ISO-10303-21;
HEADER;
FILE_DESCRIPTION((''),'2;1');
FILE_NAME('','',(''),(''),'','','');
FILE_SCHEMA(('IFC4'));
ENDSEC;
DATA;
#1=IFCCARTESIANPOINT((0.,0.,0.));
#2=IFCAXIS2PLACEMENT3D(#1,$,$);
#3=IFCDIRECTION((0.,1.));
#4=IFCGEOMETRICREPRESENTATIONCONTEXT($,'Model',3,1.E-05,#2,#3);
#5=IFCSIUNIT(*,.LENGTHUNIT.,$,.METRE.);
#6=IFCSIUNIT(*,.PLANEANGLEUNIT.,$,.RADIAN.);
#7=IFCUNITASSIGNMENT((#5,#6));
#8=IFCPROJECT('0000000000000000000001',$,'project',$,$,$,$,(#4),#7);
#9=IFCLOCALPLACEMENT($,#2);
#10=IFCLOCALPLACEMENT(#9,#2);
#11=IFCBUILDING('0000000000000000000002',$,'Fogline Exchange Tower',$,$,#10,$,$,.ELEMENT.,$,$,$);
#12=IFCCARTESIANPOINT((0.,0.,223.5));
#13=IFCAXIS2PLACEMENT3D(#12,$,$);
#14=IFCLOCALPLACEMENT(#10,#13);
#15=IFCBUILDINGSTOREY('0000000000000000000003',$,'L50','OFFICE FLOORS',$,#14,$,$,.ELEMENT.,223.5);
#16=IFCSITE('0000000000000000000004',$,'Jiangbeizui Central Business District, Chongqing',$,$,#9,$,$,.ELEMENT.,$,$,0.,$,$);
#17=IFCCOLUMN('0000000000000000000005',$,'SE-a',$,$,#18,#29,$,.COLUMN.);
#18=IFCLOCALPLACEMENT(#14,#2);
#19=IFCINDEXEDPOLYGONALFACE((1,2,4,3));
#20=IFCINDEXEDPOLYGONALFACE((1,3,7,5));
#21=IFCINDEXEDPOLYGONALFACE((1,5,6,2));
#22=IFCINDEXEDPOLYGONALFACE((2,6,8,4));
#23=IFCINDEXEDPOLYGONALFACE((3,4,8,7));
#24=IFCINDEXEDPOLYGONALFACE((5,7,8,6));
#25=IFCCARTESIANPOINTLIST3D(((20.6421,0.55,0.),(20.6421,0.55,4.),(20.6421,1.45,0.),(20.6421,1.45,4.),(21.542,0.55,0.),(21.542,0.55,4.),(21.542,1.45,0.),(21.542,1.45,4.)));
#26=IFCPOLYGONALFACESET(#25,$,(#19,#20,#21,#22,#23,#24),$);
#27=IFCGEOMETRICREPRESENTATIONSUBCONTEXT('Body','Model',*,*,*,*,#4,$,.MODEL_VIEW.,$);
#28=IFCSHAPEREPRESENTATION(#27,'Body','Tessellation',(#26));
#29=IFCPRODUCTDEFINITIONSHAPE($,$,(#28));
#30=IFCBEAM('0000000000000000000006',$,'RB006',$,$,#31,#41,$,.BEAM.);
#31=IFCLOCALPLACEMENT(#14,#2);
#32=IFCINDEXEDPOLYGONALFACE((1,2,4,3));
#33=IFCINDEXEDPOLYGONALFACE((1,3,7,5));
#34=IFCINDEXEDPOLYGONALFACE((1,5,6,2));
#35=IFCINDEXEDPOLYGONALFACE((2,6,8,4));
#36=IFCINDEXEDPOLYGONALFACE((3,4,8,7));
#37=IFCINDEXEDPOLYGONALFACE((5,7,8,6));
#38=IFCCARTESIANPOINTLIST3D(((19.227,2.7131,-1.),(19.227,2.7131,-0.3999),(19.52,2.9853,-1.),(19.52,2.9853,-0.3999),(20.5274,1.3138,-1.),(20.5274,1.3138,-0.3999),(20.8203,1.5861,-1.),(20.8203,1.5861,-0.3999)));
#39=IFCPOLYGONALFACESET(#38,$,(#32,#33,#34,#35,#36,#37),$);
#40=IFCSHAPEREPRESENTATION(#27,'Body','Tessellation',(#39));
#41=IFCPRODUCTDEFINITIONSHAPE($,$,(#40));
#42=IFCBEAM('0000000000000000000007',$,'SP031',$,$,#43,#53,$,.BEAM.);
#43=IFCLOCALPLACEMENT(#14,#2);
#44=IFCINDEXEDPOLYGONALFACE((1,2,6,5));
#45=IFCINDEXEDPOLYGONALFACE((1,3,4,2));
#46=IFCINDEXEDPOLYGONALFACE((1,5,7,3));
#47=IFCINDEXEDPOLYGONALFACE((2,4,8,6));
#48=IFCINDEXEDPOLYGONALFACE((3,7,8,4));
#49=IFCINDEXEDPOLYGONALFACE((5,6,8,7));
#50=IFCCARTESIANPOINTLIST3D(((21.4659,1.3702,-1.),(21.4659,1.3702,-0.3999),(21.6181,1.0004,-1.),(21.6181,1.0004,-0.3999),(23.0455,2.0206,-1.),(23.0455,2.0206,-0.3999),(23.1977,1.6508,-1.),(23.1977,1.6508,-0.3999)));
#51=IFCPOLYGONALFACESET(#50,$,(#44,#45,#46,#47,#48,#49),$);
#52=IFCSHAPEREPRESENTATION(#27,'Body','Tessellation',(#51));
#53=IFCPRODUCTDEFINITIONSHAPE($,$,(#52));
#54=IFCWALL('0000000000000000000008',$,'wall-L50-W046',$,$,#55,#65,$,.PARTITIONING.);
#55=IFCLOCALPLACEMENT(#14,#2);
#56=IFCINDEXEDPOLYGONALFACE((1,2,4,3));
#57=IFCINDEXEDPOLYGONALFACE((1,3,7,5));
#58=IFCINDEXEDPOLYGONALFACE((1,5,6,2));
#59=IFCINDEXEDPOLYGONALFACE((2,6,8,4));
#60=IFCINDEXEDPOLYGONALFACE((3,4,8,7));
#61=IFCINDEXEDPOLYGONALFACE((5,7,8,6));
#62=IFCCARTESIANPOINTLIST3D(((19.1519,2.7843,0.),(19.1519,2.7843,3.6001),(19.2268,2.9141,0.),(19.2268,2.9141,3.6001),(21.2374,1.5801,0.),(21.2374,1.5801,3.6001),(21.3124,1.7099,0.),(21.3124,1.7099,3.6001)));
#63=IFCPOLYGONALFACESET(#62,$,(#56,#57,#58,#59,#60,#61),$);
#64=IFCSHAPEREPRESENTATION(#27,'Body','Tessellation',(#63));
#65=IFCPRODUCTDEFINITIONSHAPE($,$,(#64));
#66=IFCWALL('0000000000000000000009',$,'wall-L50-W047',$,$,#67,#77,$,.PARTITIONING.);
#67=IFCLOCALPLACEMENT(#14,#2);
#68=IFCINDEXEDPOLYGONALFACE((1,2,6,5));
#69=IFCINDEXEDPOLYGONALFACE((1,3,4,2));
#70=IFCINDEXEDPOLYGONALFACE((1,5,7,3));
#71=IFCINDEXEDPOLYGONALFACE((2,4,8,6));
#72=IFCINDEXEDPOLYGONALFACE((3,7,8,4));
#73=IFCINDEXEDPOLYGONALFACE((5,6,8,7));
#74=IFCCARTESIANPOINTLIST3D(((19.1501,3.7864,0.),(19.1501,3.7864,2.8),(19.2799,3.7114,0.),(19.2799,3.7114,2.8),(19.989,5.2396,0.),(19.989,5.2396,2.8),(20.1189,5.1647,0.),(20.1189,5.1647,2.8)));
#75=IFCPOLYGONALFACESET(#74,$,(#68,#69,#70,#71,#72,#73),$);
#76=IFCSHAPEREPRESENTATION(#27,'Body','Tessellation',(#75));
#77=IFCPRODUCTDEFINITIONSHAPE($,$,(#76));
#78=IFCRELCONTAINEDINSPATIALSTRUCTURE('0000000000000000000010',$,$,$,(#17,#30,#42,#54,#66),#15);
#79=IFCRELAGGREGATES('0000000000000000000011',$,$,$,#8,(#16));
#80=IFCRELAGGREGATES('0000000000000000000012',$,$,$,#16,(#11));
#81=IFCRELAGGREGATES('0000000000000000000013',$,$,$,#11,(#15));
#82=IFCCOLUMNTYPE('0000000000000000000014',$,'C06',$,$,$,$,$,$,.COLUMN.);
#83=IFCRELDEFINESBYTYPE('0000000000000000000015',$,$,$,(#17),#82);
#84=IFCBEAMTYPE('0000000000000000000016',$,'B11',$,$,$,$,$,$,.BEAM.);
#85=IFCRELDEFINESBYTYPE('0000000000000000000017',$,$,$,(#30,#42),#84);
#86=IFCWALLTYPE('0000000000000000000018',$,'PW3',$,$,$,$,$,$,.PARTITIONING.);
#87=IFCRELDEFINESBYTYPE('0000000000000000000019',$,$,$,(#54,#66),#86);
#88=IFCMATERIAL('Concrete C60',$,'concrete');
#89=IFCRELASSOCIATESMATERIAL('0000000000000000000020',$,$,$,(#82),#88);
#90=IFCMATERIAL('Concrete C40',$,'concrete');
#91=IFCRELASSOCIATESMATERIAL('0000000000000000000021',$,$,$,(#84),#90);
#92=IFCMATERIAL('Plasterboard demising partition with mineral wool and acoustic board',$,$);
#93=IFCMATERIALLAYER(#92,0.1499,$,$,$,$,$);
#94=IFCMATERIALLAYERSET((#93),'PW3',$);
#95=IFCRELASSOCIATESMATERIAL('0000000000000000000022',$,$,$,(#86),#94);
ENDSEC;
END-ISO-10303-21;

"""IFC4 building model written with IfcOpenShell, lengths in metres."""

from ifc_helpers import new_model, si_unit, direction, frame, frame_2d, origin, origin_2d, place, context, subcontext, project, spatial, rectangle, extrude, material, layer, layer_set, material_profile, profile_set, type_object, element, save


model = new_model("IFC4")

# Units and contexts
model_context = context("Model", 3, precision=1e-05, world=origin(), true_north=direction((0.0, 1.0)))
body_context = subcontext(model_context, "Body", "Model", "MODEL_VIEW")
ifc_project = project(units=[si_unit("LENGTHUNIT", "METRE"), si_unit("PLANEANGLEUNIT", "RADIAN")], contexts=[model_context])

# Site, building, storey
site_placement = place(None, origin())
site = spatial("IfcSite", under=ifc_project, at=site_placement, Name="Jiangbeizui Central Business District, Chongqing", CompositionType="ELEMENT", RefElevation=0.0)
building_placement = place(site_placement, origin())
building = spatial("IfcBuilding", under=site, at=building_placement, Name="Fogline Exchange Tower", CompositionType="ELEMENT")
storey_placement = place(building_placement, frame((0.0, 0.0, 223.5)))
storey = spatial("IfcBuildingStorey", under=building, at=storey_placement, Name="L50", Description="OFFICE FLOORS", CompositionType="ELEMENT", Elevation=223.5)

# Column
ifc_material_1 = material(Name="Concrete C60", Category="concrete")
ifc_material_profile_1 = material_profile(ifc_material_1, rectangle(XDim=0.8999, YDim=0.8999, at=origin_2d()), Name="RC 900x900")
ifc_profile_set_1 = profile_set([ifc_material_profile_1], Name="Concrete C60")
column_type = type_object("IfcColumnType", Name="C06", PredefinedType="COLUMN", material=ifc_profile_set_1)
column_placement = place(storey_placement, frame((21.092, 1.0, 0.0), z_axis=(0.0, 0.0, 1.0), x_axis=(1.0, 0.0, 0.0)))
element("IfcColumn", 1, at=column_placement, inside=storey, type_object=column_type, Name="SE-a", PredefinedType="COLUMN", context=body_context, shape_type="SweptSolid", body=[
    extrude(rectangle(XDim=0.8999, YDim=0.8999, at=origin_2d()), origin(), (0.0, 0.0, 1.0), 4.0),
])

# Beams
ifc_material_2 = material(Name="Concrete C40", Category="concrete")
ifc_material_profile_2 = material_profile(ifc_material_2, rectangle(XDim=0.3999, YDim=0.6001, at=origin_2d()), Name="RC 400x600")
ifc_profile_set_2 = profile_set([ifc_material_profile_2], Name="Concrete C40")
beam_type = type_object("IfcBeamType", Name="B11", PredefinedType="BEAM", material=ifc_profile_set_2)
beam_1_placement = place(storey_placement, frame((20.6738, 1.45, -0.7), z_axis=(-0.68075, 0.732516, 0.0), x_axis=(-0.732516, -0.68075, 0.0)))
element("IfcBeam", 2, at=beam_1_placement, inside=storey, type_object=beam_type, Name="RB006", PredefinedType="BEAM", context=body_context, shape_type="SweptSolid", body=[
    extrude(rectangle(XDim=0.3999, YDim=0.6001, at=origin_2d()), origin(), (0.0, 0.0, 1.0), 1.9102),
])
beam_2_placement = place(storey_placement, frame((21.542, 1.1853, -0.7), z_axis=(0.924684, 0.380735, 0.0), x_axis=(-0.380735, 0.924684, 0.0)))
element("IfcBeam", 3, at=beam_2_placement, inside=storey, type_object=beam_type, Name="SP031", PredefinedType="BEAM", context=body_context, shape_type="SweptSolid", body=[
    extrude(rectangle(XDim=0.3999, YDim=0.6001, at=origin_2d()), origin(), (0.0, 0.0, 1.0), 1.7083),
])

# Walls
ifc_material_3 = material(Name="Plasterboard demising partition with mineral wool and acoustic board")
ifc_layer_1 = layer(ifc_material_3, 0.1499)
ifc_layer_set_1 = layer_set([ifc_layer_1], Name="PW3")
wall_type_1 = type_object("IfcWallType", Name="PW3", PredefinedType="PARTITIONING", material=ifc_layer_set_1)
wall_1_placement = place(storey_placement, frame((21.2749, 1.645, 0.0), z_axis=(0.0, 0.0, 1.0), x_axis=(-0.866013, 0.500021, 0.0)))
element("IfcWall", 4, at=wall_1_placement, inside=storey, type_object=wall_type_1, Name="wall-L50-W046", PredefinedType="PARTITIONING", context=body_context, shape_type="SweptSolid", body=[
    extrude(rectangle(XDim=2.4082, YDim=0.1499, at=frame_2d((1.2041, 0.0))), origin(), (0.0, 0.0, 1.0), 3.6001),
])
wall_2_placement = place(storey_placement, frame((19.2151, 3.749, 0.0), z_axis=(0.0, 0.0, 1.0), x_axis=(0.499958, 0.86605, 0.0)))
element("IfcWall", 5, at=wall_2_placement, inside=storey, type_object=wall_type_1, Name="wall-L50-W047", PredefinedType="PARTITIONING", context=body_context, shape_type="SweptSolid", body=[
    extrude(rectangle(XDim=1.678, YDim=0.1499, at=frame_2d((0.8389, 0.0))), origin(), (0.0, 0.0, 1.0), 2.8),
])

save(model, "model.ifc")
